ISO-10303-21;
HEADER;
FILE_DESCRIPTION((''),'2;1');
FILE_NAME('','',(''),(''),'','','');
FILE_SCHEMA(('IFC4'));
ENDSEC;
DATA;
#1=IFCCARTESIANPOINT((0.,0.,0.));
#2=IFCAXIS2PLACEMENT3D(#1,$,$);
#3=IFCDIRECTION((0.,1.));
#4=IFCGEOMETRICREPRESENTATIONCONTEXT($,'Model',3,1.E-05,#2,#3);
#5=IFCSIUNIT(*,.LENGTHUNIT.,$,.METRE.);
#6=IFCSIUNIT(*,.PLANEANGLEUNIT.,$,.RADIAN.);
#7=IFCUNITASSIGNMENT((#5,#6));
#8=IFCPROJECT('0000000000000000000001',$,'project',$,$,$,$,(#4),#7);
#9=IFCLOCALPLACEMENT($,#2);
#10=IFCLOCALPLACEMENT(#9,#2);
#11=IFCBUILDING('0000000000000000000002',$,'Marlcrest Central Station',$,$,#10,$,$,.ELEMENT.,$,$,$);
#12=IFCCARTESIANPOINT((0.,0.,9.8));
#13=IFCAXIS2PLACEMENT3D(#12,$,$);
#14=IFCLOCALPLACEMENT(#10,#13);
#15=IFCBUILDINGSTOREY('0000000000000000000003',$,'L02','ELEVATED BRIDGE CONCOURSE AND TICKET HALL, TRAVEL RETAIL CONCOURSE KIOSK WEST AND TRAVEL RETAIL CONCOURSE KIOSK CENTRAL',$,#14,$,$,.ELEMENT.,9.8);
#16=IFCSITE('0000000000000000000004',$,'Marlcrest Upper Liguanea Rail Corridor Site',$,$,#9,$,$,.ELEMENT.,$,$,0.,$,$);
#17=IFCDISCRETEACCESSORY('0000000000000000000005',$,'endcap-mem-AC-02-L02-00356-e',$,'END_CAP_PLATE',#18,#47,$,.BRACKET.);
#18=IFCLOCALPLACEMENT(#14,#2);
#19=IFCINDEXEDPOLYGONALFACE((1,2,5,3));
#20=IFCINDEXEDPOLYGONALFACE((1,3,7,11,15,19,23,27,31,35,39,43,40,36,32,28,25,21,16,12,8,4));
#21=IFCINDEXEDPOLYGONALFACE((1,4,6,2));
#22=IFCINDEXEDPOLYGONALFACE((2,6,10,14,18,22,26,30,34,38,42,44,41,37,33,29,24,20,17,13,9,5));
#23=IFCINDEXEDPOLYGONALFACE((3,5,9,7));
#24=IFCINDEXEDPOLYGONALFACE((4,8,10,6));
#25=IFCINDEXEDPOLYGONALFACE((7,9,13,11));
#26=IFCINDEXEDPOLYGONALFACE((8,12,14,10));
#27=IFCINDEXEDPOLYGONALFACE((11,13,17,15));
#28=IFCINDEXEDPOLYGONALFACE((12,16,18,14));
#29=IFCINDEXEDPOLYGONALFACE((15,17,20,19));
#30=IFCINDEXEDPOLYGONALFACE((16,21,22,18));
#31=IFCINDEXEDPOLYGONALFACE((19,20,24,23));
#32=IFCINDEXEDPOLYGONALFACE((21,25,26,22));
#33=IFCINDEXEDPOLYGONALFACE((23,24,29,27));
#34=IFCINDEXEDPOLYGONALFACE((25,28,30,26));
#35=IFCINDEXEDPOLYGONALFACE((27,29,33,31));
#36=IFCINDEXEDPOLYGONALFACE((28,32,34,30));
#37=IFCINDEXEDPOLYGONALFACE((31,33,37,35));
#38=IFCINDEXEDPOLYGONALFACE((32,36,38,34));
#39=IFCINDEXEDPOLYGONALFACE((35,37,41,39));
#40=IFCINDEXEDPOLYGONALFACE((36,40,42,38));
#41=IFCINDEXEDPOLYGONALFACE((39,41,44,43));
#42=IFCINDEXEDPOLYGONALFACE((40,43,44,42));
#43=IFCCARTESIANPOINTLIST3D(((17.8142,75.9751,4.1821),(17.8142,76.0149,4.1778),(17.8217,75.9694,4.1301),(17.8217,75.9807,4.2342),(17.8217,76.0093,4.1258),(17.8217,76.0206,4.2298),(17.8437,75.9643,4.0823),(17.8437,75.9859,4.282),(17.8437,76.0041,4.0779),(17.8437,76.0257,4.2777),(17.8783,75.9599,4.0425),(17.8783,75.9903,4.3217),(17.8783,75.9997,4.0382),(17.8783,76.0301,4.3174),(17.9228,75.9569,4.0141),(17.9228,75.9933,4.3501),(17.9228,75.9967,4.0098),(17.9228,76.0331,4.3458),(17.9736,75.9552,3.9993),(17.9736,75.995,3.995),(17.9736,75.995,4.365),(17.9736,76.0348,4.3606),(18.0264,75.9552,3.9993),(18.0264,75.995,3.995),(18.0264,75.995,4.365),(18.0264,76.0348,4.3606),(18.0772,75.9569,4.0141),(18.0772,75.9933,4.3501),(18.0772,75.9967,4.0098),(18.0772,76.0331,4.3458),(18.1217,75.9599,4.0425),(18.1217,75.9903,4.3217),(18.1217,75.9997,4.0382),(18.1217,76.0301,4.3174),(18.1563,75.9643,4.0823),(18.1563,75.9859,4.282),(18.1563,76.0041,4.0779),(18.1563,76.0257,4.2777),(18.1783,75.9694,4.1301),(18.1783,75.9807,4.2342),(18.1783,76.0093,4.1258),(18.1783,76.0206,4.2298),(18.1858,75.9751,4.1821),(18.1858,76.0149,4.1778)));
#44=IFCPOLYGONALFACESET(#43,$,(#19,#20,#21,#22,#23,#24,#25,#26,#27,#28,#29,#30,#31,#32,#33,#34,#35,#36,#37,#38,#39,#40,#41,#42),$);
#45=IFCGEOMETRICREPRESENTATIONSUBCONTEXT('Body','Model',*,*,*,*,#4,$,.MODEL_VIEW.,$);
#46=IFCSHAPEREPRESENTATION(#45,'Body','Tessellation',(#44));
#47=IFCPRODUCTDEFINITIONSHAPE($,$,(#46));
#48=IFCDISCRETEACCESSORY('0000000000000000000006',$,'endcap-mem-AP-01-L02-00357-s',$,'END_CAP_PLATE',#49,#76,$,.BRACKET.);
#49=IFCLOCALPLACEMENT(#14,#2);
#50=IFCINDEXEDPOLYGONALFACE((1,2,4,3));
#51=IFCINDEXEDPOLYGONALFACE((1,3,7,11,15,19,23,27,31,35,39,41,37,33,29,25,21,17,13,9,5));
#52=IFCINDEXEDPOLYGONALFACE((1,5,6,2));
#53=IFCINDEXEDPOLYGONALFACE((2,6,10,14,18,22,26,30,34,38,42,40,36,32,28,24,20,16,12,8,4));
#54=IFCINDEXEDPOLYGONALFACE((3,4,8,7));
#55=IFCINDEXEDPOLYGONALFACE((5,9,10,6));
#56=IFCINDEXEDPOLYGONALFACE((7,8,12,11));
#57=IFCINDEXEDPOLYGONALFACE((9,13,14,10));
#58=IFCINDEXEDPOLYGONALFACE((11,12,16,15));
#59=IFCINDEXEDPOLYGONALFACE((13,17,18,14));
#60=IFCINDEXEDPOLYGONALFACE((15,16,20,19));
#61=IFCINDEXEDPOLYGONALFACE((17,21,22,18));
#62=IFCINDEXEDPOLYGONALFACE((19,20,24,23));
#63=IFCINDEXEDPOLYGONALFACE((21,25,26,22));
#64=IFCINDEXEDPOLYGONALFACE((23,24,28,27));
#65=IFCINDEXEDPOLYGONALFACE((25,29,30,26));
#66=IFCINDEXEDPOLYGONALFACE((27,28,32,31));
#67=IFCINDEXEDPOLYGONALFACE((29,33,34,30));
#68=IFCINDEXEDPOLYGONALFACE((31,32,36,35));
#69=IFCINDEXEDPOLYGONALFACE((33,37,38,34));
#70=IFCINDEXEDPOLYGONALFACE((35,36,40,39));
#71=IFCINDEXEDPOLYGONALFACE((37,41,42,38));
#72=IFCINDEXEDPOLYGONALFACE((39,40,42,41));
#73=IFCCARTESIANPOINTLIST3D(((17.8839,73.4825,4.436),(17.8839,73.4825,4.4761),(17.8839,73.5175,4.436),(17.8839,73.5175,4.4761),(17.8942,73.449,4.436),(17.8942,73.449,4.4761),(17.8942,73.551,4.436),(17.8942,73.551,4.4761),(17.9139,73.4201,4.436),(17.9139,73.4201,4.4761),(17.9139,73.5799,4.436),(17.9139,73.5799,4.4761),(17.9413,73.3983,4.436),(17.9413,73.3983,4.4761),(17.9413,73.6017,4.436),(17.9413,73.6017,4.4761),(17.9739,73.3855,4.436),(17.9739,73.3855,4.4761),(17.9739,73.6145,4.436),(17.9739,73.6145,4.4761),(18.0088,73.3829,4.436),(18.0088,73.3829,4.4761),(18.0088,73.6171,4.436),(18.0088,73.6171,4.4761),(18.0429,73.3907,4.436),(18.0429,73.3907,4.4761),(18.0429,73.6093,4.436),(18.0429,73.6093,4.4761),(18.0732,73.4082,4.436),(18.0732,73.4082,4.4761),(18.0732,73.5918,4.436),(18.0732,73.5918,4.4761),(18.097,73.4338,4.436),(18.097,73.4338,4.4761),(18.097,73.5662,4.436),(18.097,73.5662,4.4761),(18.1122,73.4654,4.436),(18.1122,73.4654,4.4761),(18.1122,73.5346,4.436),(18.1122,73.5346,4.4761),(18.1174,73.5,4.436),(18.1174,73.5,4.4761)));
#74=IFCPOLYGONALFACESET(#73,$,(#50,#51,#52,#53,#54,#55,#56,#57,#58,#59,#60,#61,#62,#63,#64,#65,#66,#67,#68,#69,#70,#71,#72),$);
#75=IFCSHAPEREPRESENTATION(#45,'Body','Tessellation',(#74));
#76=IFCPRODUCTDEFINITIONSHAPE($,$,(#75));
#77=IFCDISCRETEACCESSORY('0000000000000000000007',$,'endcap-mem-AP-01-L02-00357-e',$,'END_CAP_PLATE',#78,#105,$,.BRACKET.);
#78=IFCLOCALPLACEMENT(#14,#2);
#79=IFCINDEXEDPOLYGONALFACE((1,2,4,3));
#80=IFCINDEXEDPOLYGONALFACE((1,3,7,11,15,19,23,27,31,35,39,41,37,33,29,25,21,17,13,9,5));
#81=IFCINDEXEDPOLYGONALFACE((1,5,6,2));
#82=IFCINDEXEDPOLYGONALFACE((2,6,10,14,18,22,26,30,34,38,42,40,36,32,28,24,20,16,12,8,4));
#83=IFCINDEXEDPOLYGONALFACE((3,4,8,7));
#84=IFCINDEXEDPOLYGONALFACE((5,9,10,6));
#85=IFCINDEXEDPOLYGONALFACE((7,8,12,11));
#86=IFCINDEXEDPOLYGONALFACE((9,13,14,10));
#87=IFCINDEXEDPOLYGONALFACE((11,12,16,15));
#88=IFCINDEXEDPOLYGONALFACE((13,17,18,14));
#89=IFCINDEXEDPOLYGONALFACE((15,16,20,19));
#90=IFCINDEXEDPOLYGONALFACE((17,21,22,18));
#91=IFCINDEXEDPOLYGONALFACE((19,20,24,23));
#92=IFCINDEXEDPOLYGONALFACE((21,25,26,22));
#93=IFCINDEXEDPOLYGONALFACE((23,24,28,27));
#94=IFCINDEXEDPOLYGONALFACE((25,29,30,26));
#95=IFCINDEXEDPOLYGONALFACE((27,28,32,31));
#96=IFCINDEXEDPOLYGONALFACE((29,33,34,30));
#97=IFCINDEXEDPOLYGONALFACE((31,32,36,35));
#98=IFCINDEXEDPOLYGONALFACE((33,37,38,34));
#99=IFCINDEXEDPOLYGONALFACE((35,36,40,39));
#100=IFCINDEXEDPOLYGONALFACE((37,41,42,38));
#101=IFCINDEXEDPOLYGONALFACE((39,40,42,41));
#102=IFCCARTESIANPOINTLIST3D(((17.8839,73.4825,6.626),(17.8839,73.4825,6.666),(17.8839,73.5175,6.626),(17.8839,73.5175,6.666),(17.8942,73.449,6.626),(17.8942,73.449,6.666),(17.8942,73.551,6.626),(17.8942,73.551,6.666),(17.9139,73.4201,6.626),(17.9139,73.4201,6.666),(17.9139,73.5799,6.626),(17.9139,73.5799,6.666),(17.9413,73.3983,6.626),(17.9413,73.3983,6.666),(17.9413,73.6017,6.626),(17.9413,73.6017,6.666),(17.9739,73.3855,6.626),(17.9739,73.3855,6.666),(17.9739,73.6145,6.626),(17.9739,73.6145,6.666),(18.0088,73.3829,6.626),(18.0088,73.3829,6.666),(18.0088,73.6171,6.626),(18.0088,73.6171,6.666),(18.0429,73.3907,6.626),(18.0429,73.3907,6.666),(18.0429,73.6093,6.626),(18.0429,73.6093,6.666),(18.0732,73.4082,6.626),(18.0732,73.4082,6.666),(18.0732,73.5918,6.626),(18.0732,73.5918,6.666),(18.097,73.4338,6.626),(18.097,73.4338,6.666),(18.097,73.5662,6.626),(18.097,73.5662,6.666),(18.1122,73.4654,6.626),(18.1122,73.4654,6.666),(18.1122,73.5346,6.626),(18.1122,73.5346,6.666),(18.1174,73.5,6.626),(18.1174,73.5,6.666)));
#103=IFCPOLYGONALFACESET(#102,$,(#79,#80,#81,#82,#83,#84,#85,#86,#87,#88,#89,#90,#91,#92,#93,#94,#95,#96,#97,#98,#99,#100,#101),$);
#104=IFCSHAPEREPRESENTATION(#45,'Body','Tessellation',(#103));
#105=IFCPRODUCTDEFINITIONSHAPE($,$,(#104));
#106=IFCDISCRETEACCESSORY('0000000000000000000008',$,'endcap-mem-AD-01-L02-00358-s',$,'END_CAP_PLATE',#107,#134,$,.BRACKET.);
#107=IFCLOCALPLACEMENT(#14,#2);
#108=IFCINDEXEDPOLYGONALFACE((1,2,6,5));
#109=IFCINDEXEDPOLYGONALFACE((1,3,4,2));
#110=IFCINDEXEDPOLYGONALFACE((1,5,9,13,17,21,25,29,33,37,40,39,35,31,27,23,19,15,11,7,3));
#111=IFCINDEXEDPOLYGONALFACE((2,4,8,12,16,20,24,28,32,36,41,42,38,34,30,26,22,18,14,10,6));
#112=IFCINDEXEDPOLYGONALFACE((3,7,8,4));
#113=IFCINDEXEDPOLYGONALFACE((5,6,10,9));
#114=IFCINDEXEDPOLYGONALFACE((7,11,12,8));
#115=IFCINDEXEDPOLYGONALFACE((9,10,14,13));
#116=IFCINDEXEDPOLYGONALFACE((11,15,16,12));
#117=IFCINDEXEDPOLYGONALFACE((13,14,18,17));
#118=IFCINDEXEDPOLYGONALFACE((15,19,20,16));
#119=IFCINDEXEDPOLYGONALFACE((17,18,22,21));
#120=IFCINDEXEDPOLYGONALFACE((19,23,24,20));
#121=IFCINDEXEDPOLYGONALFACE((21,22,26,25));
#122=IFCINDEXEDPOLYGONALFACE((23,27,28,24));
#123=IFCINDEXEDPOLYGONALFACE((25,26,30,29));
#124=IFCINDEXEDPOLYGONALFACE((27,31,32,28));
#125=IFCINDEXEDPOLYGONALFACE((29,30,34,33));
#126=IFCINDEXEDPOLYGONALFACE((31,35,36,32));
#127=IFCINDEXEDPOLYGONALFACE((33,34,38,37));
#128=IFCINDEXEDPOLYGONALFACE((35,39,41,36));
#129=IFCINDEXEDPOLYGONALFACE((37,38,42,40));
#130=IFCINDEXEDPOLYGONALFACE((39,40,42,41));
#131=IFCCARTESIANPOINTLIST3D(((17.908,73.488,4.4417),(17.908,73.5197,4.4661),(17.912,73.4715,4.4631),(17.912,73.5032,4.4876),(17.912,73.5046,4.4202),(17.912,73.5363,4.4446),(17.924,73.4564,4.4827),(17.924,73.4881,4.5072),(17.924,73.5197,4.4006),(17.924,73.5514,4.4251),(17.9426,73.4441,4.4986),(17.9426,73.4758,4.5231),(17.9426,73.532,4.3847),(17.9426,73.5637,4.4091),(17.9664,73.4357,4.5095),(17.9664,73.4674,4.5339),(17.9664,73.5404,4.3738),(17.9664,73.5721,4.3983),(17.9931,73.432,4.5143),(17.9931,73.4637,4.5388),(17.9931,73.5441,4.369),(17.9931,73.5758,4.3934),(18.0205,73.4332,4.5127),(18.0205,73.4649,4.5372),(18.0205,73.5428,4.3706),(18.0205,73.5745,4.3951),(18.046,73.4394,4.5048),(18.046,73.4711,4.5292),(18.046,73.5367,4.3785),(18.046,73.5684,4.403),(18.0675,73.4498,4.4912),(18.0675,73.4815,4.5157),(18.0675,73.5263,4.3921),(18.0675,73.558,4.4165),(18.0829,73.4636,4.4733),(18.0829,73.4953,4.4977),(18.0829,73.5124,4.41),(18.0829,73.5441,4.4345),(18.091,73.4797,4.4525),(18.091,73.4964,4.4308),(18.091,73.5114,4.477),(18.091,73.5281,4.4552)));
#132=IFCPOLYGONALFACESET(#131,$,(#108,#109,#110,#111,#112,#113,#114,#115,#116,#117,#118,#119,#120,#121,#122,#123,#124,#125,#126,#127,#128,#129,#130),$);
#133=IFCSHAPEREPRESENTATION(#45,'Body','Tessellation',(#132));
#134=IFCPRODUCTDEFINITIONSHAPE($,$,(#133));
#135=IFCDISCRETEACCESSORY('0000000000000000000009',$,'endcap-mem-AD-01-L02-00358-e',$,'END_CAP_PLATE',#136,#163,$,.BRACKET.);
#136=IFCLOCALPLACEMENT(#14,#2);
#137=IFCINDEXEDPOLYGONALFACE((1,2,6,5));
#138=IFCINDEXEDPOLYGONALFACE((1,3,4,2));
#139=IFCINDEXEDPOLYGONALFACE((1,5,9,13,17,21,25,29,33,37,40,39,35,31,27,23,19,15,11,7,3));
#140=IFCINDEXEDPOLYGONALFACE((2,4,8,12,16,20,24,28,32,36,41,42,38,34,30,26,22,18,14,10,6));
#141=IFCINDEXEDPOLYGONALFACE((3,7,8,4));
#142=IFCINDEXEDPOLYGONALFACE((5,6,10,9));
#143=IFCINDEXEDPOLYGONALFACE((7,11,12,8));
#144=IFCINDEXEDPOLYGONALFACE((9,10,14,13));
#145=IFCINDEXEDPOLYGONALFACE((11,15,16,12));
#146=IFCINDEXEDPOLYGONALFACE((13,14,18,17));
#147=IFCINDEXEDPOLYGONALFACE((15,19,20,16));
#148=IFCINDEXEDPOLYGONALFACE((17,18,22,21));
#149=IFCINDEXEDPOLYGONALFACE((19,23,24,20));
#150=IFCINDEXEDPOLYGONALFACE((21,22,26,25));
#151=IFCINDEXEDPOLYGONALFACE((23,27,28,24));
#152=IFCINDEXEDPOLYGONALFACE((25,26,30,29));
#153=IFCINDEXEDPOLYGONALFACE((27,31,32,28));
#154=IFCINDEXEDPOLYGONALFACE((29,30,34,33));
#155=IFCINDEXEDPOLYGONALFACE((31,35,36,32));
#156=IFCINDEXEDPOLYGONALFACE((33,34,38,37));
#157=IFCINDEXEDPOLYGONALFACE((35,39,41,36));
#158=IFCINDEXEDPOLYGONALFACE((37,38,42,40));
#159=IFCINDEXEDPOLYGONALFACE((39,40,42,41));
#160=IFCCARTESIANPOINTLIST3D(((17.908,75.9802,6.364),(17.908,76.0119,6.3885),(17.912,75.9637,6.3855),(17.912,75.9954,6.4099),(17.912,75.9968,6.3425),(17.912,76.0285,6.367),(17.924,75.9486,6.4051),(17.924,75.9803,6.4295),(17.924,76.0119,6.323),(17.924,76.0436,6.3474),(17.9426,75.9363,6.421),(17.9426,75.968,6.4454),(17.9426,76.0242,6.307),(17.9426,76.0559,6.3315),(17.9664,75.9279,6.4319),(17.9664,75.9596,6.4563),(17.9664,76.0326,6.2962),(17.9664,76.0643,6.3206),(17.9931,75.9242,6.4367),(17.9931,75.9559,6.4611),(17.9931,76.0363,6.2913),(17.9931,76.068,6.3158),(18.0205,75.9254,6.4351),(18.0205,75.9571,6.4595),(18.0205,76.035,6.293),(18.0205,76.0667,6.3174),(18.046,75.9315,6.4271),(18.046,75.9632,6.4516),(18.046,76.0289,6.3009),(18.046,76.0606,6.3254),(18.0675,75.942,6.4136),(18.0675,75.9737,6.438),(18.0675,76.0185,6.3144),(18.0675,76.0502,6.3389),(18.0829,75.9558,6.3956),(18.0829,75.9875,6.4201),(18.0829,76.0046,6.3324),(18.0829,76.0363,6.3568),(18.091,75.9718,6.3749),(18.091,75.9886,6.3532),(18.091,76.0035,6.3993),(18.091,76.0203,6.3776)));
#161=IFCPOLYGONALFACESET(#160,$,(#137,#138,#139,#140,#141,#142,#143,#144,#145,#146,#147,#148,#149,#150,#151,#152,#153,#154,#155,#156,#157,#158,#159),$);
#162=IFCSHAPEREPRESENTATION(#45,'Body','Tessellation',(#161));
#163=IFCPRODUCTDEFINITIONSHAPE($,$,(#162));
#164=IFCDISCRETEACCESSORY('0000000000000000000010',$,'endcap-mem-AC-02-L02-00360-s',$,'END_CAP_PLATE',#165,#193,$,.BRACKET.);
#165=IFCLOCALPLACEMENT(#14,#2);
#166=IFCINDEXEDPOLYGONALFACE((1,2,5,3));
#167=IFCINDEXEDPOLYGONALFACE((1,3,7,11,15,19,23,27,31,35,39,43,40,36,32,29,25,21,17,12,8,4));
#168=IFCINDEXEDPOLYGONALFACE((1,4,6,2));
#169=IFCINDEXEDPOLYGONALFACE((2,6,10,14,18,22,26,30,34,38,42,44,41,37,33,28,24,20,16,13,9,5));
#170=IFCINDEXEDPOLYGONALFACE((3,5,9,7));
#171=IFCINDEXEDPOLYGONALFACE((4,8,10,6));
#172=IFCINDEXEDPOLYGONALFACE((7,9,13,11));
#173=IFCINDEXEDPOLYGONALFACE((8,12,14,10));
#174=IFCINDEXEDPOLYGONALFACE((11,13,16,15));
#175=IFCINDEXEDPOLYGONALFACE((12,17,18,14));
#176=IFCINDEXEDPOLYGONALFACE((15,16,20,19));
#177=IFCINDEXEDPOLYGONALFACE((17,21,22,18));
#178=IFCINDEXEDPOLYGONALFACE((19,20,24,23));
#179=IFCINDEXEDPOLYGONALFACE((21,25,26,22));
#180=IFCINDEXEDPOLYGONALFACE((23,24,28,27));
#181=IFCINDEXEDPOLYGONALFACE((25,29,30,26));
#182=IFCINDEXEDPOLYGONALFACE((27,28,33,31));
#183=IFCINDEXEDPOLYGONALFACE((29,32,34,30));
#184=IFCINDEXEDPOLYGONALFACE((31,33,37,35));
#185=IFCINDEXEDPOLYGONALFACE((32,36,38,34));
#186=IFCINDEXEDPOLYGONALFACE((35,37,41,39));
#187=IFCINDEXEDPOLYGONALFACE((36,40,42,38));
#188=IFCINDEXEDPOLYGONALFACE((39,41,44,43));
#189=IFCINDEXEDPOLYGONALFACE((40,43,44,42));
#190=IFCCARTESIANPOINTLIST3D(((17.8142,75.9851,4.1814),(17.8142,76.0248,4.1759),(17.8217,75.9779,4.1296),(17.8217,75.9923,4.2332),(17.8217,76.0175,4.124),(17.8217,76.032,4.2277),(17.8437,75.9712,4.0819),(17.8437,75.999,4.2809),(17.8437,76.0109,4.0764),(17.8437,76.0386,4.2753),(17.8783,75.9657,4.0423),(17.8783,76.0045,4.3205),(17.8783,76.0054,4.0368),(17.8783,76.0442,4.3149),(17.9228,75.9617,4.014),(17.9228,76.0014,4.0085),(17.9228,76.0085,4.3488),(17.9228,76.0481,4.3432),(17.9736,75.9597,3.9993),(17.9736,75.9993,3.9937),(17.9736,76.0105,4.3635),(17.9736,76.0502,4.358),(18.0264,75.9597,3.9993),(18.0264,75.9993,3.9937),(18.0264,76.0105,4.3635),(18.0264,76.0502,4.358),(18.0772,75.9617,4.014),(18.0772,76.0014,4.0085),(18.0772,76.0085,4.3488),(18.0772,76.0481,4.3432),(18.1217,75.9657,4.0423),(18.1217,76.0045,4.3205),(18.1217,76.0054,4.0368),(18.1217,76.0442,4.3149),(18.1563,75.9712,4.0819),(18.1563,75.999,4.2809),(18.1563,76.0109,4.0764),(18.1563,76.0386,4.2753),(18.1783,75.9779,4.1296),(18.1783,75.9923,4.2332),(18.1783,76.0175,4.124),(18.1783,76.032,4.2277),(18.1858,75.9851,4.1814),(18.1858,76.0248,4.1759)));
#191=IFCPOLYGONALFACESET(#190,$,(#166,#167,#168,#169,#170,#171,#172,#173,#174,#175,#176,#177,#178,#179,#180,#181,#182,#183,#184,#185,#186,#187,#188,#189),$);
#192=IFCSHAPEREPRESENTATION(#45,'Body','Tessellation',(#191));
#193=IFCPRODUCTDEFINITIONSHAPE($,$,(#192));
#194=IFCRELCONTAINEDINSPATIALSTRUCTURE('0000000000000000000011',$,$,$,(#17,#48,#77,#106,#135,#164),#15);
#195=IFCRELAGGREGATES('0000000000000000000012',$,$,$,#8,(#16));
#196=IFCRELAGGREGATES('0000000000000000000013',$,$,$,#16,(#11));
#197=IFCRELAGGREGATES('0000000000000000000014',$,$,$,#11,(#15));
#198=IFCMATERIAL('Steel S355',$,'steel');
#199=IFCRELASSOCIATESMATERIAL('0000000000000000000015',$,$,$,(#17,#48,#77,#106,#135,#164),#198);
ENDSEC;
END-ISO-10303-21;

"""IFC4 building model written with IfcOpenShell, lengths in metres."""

from ifc_helpers import new_model, si_unit, direction, frame, origin, origin_2d, place, context, subcontext, project, spatial, circle, extrude, material, element, save


model = new_model("IFC4")

# Units and contexts
model_context = context("Model", 3, precision=1e-05, world=origin(), true_north=direction((0.0, 1.0)))
body_context = subcontext(model_context, "Body", "Model", "MODEL_VIEW")
ifc_project = project(units=[si_unit("LENGTHUNIT", "METRE"), si_unit("PLANEANGLEUNIT", "RADIAN")], contexts=[model_context])

# Site, building, storey
site_placement = place(None, origin())
site = spatial("IfcSite", under=ifc_project, at=site_placement, Name="Marlcrest Upper Liguanea Rail Corridor Site", CompositionType="ELEMENT", RefElevation=0.0)
building_placement = place(site_placement, origin())
building = spatial("IfcBuilding", under=site, at=building_placement, Name="Marlcrest Central Station", CompositionType="ELEMENT")
storey_placement = place(building_placement, frame((0.0, 0.0, 9.8)))
storey = spatial("IfcBuildingStorey", under=building, at=storey_placement, Name="L02", Description="ELEVATED BRIDGE CONCOURSE AND TICKET HALL, TRAVEL RETAIL CONCOURSE KIOSK WEST AND TRAVEL RETAIL CONCOURSE KIOSK CENTRAL", CompositionType="ELEMENT", Elevation=9.8)

# Shared definitions
ifc_material = material(Name="Steel S355", Category="steel")

# Discrete accessories
for number, where, z_axis, x_axis, name in (
    (1, (18.0, 75.9751, 4.1821), (0.0, 0.994155, -0.107959), (-1.0, 0.0, 0.0), "endcap-mem-AC-02-L02-00356-e"),
):
    element("IfcDiscreteAccessory", number, at=place(storey_placement, frame(where, z_axis=z_axis, x_axis=x_axis)), inside=storey, material=ifc_material, Name=name, ObjectType="END_CAP_PLATE", PredefinedType="BRACKET", context=body_context, shape_type="SweptSolid", body=[
        extrude(circle(Radius=0.1858, at=origin_2d()), origin(), (0.0, 0.0, 1.0), 0.04),
    ])
for number, where, z_axis, x_axis, name in (
    (2, (18.0, 73.5, 4.436), (0.0, 0.0, 1.0), (1.0, 0.0, 0.0), "endcap-mem-AP-01-L02-00357-s"),
    (3, (18.0, 73.5, 6.626), (0.0, 0.0, 1.0), (1.0, 0.0, 0.0), "endcap-mem-AP-01-L02-00357-e"),
):
    element("IfcDiscreteAccessory", number, at=place(storey_placement, frame(where, z_axis=z_axis, x_axis=x_axis)), inside=storey, material=ifc_material, Name=name, ObjectType="END_CAP_PLATE", PredefinedType="BRACKET", context=body_context, shape_type="SweptSolid", body=[
        extrude(circle(Radius=0.1174, at=origin_2d()), origin(), (0.0, 0.0, 1.0), 0.04),
    ])
for number, where, z_axis, x_axis, name in (
    (4, (18.0, 73.488, 4.4417), (0.0, 0.791798, 0.610783), (-1.0, 0.0, 0.0), "endcap-mem-AD-01-L02-00358-s"),
    (5, (18.0, 75.9802, 6.364), (0.0, 0.791798, 0.610783), (-1.0, 0.0, 0.0), "endcap-mem-AD-01-L02-00358-e"),
):
    element("IfcDiscreteAccessory", number, at=place(storey_placement, frame(where, z_axis=z_axis, x_axis=x_axis)), inside=storey, material=ifc_material, Name=name, ObjectType="END_CAP_PLATE", PredefinedType="BRACKET", context=body_context, shape_type="SweptSolid", body=[
        extrude(circle(Radius=0.092, at=origin_2d()), origin(), (0.0, 0.0, 1.0), 0.04),
    ])
for number, where, z_axis, x_axis, name in (
    (6, (18.0, 75.9851, 4.1814), (0.0, 0.990403, -0.138211), (-1.0, 0.0, 0.0), "endcap-mem-AC-02-L02-00360-s"),
):
    element("IfcDiscreteAccessory", number, at=place(storey_placement, frame(where, z_axis=z_axis, x_axis=x_axis)), inside=storey, material=ifc_material, Name=name, ObjectType="END_CAP_PLATE", PredefinedType="BRACKET", context=body_context, shape_type="SweptSolid", body=[
        extrude(circle(Radius=0.1858, at=origin_2d()), origin(), (0.0, 0.0, 1.0), 0.04),
    ])

save(model, "model.ifc")
